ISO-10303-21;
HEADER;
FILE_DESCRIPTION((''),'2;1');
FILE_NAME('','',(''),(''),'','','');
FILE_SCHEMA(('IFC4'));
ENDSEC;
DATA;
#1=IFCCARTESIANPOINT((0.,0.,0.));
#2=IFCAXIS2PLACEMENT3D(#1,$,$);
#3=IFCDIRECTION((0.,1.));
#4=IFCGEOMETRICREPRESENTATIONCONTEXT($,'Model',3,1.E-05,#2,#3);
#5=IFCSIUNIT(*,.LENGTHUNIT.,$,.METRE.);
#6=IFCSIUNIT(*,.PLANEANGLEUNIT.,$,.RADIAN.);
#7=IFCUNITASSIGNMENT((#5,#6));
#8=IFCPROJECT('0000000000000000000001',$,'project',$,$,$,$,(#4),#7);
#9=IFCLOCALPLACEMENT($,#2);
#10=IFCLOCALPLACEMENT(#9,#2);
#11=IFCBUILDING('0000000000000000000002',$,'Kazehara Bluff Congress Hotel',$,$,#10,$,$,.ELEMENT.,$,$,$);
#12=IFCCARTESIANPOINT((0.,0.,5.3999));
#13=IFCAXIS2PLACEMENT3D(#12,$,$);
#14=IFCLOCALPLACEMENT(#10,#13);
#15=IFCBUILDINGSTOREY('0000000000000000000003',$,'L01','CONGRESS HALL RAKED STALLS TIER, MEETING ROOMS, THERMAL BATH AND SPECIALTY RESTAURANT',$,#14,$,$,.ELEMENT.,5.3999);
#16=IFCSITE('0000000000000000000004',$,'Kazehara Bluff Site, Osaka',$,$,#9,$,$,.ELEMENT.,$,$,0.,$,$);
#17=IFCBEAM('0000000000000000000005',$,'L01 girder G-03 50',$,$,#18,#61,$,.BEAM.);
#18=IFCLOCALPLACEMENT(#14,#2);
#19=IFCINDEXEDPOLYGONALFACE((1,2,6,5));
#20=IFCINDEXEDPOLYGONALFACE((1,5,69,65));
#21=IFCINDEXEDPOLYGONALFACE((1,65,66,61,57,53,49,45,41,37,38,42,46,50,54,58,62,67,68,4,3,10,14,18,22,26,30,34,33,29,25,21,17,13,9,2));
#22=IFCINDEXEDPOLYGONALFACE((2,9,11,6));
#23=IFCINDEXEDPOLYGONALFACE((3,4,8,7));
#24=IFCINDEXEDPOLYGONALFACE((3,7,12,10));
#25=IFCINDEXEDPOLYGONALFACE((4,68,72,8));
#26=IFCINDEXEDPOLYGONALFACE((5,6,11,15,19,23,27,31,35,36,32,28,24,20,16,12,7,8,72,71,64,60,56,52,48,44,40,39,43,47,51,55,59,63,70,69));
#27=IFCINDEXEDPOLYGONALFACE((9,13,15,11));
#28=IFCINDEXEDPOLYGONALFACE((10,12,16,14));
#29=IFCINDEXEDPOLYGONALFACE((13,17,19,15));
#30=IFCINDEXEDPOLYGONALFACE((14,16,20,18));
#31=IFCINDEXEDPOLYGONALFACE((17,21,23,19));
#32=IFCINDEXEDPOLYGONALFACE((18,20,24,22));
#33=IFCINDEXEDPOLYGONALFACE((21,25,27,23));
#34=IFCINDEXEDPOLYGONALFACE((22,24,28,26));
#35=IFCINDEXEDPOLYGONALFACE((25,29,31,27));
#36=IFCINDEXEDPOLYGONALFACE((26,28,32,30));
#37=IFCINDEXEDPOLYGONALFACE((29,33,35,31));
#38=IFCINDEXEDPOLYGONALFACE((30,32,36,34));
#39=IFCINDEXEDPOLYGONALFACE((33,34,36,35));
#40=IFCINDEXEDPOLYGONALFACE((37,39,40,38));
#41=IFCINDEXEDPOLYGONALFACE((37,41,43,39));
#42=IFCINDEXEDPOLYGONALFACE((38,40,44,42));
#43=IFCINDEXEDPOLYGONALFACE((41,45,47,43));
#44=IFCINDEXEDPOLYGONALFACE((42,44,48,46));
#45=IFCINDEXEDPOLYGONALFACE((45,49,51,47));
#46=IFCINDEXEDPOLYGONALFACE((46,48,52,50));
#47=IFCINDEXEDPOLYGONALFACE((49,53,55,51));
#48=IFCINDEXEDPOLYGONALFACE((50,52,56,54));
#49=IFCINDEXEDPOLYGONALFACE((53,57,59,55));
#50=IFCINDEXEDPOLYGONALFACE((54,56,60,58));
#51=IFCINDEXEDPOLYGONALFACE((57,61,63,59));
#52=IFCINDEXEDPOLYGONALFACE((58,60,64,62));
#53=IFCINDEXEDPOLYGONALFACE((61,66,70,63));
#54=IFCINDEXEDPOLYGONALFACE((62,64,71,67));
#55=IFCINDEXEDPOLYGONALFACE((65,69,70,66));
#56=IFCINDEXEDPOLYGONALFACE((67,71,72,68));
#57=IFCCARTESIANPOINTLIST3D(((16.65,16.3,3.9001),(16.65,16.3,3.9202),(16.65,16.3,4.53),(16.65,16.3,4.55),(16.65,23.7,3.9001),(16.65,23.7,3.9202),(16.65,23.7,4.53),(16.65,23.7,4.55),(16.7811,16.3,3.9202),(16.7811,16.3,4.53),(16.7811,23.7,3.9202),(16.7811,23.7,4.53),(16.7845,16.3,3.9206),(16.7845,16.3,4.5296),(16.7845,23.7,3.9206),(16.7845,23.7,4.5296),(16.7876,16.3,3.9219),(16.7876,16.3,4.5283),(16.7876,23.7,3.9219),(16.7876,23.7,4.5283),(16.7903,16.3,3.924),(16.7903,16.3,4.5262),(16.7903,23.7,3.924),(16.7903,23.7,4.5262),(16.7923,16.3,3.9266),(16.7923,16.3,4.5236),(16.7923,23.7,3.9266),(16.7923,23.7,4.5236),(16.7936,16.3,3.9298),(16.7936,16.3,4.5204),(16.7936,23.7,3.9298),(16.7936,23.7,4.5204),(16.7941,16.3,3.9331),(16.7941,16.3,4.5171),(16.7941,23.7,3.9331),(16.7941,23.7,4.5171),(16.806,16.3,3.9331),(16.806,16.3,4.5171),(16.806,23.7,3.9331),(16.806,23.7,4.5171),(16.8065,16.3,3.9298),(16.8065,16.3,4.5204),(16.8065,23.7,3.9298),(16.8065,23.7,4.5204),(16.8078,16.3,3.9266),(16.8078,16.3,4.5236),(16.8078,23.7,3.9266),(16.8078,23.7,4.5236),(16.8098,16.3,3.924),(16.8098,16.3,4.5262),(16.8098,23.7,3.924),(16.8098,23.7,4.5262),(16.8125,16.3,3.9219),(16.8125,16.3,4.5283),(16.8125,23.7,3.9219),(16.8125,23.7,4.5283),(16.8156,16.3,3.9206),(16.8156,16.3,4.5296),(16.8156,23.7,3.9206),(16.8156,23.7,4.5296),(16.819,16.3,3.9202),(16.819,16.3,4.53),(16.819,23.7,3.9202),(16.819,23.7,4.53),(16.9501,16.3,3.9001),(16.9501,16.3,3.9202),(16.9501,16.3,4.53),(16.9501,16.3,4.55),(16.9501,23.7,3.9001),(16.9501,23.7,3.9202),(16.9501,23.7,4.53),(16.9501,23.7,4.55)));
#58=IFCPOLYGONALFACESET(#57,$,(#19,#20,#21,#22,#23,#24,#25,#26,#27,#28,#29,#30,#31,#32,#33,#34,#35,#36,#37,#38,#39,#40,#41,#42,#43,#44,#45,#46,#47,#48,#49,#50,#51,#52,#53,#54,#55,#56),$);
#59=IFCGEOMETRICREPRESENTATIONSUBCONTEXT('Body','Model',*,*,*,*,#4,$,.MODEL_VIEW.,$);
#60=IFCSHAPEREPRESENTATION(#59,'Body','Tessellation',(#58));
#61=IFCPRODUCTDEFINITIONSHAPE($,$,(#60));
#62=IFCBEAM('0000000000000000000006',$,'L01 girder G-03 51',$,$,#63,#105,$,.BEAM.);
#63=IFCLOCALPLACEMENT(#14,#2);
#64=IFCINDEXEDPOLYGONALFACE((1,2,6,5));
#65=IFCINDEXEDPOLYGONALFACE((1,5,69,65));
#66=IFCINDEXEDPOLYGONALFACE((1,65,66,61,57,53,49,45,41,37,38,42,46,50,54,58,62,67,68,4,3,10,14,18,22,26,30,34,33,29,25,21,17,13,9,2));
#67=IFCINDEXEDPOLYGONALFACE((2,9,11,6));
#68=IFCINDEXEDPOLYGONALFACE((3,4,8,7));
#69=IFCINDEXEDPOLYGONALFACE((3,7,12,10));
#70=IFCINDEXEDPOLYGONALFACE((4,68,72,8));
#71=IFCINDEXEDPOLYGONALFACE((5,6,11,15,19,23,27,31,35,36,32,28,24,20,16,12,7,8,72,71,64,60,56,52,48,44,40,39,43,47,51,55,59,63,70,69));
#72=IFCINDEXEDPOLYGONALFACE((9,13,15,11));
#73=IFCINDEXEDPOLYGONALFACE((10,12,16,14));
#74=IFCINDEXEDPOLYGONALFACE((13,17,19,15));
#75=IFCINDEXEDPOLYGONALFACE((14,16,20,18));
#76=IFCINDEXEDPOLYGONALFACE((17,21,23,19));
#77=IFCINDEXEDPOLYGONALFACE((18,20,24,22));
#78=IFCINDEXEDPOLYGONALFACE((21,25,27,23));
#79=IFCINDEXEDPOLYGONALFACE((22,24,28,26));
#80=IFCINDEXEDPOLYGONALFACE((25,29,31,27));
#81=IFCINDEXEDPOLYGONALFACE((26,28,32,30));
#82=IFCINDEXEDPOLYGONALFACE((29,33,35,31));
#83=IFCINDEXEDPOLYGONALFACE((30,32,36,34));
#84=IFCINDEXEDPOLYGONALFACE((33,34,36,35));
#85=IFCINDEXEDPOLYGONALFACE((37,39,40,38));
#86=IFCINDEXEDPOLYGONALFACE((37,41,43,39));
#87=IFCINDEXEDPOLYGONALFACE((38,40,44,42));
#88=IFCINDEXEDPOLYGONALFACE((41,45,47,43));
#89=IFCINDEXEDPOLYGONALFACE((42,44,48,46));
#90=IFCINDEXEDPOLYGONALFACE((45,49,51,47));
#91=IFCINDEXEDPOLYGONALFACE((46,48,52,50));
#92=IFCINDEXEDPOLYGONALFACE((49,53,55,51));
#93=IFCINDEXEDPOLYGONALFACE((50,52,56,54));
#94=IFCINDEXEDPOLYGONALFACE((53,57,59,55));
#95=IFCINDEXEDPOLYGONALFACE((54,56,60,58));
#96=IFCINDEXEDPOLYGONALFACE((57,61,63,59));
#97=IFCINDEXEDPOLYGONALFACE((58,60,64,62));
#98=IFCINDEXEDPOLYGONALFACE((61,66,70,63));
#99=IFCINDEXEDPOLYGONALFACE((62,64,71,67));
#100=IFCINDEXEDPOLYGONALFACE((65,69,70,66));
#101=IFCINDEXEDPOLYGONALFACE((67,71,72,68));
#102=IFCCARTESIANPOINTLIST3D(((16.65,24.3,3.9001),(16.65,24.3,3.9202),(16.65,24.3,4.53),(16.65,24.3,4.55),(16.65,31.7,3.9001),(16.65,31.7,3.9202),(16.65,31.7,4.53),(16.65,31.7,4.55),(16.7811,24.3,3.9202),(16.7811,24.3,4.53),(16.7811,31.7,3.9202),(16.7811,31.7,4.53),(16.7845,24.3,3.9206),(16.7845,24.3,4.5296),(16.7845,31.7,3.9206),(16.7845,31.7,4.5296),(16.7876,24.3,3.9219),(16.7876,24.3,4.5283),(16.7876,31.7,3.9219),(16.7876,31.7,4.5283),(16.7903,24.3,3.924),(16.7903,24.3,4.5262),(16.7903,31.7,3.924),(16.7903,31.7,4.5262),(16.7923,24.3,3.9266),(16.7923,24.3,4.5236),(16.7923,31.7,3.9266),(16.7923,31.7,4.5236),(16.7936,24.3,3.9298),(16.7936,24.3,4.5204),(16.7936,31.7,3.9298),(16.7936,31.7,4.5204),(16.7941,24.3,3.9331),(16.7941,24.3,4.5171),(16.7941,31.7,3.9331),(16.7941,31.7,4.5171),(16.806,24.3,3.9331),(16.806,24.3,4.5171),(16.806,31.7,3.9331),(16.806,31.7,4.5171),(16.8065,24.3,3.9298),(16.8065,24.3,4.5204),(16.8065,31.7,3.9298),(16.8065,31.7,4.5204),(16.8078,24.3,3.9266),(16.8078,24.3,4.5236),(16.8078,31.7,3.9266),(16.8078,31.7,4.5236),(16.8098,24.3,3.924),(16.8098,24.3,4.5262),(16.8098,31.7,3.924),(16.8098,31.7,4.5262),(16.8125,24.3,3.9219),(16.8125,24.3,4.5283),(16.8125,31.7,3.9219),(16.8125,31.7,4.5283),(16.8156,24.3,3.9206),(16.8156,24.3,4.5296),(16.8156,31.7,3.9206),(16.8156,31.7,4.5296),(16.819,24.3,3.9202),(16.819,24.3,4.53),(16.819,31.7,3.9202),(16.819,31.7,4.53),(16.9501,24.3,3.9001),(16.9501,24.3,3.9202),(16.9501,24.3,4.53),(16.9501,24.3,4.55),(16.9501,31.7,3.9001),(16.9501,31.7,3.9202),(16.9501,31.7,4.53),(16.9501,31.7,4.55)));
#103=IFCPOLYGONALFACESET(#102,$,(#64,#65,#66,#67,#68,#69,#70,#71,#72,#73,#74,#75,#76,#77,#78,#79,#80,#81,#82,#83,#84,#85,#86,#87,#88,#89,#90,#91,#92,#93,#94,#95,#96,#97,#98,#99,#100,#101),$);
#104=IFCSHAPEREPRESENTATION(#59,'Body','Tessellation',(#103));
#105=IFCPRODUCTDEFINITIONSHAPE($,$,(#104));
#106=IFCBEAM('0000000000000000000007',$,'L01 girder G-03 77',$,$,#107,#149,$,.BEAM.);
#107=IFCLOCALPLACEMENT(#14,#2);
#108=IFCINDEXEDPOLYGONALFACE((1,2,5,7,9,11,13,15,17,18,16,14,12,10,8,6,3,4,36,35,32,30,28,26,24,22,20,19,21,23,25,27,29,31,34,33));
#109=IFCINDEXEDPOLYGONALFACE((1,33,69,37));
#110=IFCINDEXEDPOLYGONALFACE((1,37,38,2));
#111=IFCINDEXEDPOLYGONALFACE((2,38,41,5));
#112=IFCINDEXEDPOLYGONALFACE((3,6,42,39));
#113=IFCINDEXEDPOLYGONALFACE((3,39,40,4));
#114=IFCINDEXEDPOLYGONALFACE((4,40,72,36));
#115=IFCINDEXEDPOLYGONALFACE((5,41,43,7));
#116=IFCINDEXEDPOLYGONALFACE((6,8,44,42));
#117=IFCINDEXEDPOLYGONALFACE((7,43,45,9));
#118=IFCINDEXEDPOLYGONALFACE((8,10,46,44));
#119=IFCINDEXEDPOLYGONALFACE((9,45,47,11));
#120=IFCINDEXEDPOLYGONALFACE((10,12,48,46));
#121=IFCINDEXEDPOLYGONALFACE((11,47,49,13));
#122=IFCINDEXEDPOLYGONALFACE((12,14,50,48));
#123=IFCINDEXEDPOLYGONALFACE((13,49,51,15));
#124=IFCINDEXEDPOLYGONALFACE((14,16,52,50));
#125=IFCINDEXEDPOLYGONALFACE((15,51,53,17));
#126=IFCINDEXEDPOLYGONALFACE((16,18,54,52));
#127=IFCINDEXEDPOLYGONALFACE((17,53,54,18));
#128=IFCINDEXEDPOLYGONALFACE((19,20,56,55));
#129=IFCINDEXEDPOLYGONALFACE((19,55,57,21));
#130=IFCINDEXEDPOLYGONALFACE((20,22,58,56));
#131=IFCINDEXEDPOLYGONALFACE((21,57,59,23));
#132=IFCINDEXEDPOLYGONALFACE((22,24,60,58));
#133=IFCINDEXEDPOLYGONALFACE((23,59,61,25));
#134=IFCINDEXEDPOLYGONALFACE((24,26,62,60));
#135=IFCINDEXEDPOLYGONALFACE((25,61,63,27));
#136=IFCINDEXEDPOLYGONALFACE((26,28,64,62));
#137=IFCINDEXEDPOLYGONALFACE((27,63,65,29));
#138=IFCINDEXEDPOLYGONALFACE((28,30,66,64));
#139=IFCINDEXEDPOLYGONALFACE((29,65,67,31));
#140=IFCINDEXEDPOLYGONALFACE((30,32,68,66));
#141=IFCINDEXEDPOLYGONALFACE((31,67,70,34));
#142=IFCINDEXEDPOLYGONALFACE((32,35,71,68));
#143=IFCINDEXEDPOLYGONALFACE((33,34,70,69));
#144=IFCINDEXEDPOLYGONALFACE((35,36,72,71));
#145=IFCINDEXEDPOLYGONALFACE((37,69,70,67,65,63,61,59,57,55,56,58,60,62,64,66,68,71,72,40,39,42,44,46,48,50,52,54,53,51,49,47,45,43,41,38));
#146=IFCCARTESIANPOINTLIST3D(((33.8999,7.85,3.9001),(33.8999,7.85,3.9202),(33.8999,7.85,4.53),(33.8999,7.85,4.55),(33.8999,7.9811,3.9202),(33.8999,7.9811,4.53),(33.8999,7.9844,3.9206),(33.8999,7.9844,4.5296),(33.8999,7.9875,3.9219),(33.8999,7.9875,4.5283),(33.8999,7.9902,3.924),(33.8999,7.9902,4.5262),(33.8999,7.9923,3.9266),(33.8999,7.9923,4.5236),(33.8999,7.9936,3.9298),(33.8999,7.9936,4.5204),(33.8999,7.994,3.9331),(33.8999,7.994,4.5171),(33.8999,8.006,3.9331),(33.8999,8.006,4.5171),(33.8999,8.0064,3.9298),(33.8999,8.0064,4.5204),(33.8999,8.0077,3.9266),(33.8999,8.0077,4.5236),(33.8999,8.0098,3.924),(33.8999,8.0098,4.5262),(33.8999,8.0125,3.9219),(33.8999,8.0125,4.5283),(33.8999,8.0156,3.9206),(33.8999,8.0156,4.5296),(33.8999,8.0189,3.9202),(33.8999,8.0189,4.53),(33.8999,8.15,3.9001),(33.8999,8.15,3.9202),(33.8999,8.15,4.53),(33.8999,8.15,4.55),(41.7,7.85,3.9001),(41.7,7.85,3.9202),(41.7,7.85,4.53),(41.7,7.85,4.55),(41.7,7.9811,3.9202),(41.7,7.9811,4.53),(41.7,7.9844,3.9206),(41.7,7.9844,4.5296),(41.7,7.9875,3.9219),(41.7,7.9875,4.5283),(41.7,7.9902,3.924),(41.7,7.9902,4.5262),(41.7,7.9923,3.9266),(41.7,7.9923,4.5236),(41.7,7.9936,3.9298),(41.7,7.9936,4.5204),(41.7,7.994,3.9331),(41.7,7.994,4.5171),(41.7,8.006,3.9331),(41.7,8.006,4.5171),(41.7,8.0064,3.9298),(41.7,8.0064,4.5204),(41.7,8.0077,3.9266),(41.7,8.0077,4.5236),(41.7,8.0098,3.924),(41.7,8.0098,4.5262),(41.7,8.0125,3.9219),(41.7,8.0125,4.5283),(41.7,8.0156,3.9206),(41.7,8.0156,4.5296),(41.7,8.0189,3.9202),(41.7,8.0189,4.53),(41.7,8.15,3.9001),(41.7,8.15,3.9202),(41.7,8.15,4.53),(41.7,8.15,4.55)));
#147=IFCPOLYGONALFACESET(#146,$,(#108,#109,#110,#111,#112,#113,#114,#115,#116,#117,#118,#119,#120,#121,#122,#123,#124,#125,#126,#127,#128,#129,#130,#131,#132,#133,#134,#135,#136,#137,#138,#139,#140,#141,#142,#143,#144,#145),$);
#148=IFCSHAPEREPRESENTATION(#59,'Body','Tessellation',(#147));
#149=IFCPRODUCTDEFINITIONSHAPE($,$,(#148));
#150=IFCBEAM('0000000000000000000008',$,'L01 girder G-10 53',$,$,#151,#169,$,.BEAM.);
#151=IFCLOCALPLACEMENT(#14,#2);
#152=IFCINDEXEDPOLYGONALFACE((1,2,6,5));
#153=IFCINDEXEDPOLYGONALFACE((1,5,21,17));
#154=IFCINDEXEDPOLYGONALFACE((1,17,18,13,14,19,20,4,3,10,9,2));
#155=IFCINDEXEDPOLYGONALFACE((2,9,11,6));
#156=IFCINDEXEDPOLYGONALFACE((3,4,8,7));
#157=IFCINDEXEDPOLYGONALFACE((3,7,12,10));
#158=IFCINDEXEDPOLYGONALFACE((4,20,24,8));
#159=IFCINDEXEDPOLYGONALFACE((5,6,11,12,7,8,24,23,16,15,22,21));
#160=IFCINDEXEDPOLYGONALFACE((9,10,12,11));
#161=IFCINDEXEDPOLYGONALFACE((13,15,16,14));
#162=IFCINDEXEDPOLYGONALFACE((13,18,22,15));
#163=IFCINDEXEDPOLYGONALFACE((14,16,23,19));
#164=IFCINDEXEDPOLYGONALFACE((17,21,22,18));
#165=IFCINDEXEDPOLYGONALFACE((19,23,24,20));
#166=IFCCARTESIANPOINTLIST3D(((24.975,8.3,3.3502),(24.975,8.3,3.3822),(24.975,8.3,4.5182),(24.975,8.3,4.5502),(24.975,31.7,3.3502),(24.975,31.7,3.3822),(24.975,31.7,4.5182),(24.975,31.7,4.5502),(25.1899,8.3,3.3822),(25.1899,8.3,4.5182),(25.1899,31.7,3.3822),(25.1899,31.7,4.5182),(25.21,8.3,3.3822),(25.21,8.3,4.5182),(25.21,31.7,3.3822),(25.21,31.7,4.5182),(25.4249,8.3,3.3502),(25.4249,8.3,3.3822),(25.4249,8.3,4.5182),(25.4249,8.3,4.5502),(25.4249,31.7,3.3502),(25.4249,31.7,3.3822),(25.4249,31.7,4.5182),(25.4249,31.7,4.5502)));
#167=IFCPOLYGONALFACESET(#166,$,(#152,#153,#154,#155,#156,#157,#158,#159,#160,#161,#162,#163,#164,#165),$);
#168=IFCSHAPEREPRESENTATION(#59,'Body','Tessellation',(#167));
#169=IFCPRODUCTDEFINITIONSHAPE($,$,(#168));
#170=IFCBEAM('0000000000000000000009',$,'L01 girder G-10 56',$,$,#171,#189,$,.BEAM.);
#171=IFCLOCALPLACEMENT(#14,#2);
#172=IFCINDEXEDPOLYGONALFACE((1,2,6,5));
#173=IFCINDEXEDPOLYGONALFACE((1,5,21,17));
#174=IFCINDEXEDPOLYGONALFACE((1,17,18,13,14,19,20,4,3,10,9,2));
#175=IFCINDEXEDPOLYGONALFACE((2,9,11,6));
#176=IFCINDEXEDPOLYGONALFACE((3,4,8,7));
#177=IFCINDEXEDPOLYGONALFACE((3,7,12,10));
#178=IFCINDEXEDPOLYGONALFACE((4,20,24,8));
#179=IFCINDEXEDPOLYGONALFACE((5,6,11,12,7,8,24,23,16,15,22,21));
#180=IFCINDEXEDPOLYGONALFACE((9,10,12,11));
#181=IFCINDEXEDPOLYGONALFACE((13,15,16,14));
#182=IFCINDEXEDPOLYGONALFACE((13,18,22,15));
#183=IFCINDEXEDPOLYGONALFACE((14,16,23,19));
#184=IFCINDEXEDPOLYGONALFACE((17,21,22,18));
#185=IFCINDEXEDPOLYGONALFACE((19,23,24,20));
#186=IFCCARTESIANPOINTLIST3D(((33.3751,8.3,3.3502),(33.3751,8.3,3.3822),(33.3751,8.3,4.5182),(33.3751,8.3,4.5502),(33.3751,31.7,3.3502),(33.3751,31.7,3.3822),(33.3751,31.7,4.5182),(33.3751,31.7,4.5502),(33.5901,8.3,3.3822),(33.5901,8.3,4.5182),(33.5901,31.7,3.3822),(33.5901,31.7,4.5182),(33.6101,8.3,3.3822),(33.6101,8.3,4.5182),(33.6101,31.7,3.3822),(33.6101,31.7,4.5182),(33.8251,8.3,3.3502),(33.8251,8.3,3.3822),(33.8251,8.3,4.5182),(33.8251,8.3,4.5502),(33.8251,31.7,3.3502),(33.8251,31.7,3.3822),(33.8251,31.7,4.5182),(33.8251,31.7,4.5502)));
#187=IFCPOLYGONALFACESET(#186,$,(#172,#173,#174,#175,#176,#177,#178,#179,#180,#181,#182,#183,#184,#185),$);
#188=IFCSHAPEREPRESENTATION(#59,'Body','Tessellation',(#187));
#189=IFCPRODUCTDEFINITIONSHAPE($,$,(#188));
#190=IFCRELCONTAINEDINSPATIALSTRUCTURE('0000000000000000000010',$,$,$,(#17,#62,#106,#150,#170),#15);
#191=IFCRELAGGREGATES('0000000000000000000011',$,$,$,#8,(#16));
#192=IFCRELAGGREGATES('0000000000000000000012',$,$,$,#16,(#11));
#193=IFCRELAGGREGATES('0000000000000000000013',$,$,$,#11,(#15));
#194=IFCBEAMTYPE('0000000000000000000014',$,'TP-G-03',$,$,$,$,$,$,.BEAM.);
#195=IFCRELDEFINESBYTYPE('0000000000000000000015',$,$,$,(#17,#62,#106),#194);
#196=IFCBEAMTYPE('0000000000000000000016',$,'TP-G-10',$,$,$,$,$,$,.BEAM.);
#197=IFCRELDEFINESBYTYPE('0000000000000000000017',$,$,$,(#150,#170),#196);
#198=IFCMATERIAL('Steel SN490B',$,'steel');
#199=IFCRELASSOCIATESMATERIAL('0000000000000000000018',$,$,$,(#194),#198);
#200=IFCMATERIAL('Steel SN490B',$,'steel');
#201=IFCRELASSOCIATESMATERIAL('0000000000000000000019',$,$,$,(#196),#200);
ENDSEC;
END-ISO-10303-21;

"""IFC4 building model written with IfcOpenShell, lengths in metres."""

from ifc_helpers import new_model, si_unit, direction, frame, origin, origin_2d, place, context, subcontext, project, spatial, i_section, extrude, material, material_profile, profile_set, type_object, element, save


model = new_model("IFC4")

# Units and contexts
model_context = context("Model", 3, precision=1e-05, world=origin(), true_north=direction((0.0, 1.0)))
body_context = subcontext(model_context, "Body", "Model", "MODEL_VIEW")
ifc_project = project(units=[si_unit("LENGTHUNIT", "METRE"), si_unit("PLANEANGLEUNIT", "RADIAN")], contexts=[model_context])

# Site, building, storey
site_placement = place(None, origin())
site = spatial("IfcSite", under=ifc_project, at=site_placement, Name="Kazehara Bluff Site, Osaka", CompositionType="ELEMENT", RefElevation=0.0)
building_placement = place(site_placement, origin())
building = spatial("IfcBuilding", under=site, at=building_placement, Name="Kazehara Bluff Congress Hotel", CompositionType="ELEMENT")
storey_placement = place(building_placement, frame((0.0, 0.0, 5.3999)))
storey = spatial("IfcBuildingStorey", under=building, at=storey_placement, Name="L01", Description="CONGRESS HALL RAKED STALLS TIER, MEETING ROOMS, THERMAL BATH AND SPECIALTY RESTAURANT", CompositionType="ELEMENT", Elevation=5.3999)

# Beams
ifc_material_1 = material(Name="Steel SN490B", Category="steel")
ifc_material_profile_1 = material_profile(ifc_material_1, i_section(OverallWidth=0.3, OverallDepth=0.6499, WebThickness=0.012, FlangeThickness=0.02, FilletRadius=0.0129, at=origin_2d()))
ifc_profile_set_1 = profile_set([ifc_material_profile_1], Name="Steel SN490B")
beam_type_1 = type_object("IfcBeamType", Name="TP-G-03", PredefinedType="BEAM", material=ifc_profile_set_1)
for number, where, z_axis, x_axis, name in (
    (1, (16.8, 16.3, 4.2251), (0.0, 1.0, 0.0), (-1.0, 0.0, 0.0), "L01 girder G-03 50"),
    (2, (16.8, 24.3, 4.2251), (0.0, 1.0, 0.0), (-1.0, 0.0, 0.0), "L01 girder G-03 51"),
):
    element("IfcBeam", number, at=place(storey_placement, frame(where, z_axis=z_axis, x_axis=x_axis)), inside=storey, type_object=beam_type_1, Name=name, PredefinedType="BEAM", context=body_context, shape_type="SweptSolid", body=[
        extrude(i_section(OverallWidth=0.3, OverallDepth=0.6499, WebThickness=0.012, FlangeThickness=0.02, FilletRadius=0.0129, at=origin_2d()), origin(), (0.0, 0.0, 1.0), 7.3999),
    ])
beam_placement = place(storey_placement, frame((33.8999, 8.0, 4.2251), z_axis=(1.0, 0.0, 0.0), x_axis=(0.0, 1.0, 0.0)))
element("IfcBeam", 3, at=beam_placement, inside=storey, type_object=beam_type_1, Name="L01 girder G-03 77", PredefinedType="BEAM", context=body_context, shape_type="SweptSolid", body=[
    extrude(i_section(OverallWidth=0.3, OverallDepth=0.6499, WebThickness=0.012, FlangeThickness=0.02, FilletRadius=0.0129, at=origin_2d()), origin(), (0.0, 0.0, 1.0), 7.8),
])
ifc_material_2 = material(Name="Steel SN490B", Category="steel")
ifc_material_profile_2 = material_profile(ifc_material_2, i_section(OverallWidth=0.45, OverallDepth=1.2, WebThickness=0.02, FlangeThickness=0.032, at=origin_2d()))
ifc_profile_set_2 = profile_set([ifc_material_profile_2], Name="Steel SN490B")
beam_type_2 = type_object("IfcBeamType", Name="TP-G-10", PredefinedType="BEAM", material=ifc_profile_set_2)
for number, where, z_axis, x_axis, name in (
    (4, (25.2, 8.3, 3.9502), (0.0, 1.0, 0.0), (-1.0, 0.0, 0.0), "L01 girder G-10 53"),
    (5, (33.6001, 8.3, 3.9502), (0.0, 1.0, 0.0), (-1.0, 0.0, 0.0), "L01 girder G-10 56"),
):
    element("IfcBeam", number, at=place(storey_placement, frame(where, z_axis=z_axis, x_axis=x_axis)), inside=storey, type_object=beam_type_2, Name=name, PredefinedType="BEAM", context=body_context, shape_type="SweptSolid", body=[
        extrude(i_section(OverallWidth=0.45, OverallDepth=1.2, WebThickness=0.02, FlangeThickness=0.032, at=origin_2d()), origin(), (0.0, 0.0, 1.0), 23.3999),
    ])

save(model, "model.ifc")
